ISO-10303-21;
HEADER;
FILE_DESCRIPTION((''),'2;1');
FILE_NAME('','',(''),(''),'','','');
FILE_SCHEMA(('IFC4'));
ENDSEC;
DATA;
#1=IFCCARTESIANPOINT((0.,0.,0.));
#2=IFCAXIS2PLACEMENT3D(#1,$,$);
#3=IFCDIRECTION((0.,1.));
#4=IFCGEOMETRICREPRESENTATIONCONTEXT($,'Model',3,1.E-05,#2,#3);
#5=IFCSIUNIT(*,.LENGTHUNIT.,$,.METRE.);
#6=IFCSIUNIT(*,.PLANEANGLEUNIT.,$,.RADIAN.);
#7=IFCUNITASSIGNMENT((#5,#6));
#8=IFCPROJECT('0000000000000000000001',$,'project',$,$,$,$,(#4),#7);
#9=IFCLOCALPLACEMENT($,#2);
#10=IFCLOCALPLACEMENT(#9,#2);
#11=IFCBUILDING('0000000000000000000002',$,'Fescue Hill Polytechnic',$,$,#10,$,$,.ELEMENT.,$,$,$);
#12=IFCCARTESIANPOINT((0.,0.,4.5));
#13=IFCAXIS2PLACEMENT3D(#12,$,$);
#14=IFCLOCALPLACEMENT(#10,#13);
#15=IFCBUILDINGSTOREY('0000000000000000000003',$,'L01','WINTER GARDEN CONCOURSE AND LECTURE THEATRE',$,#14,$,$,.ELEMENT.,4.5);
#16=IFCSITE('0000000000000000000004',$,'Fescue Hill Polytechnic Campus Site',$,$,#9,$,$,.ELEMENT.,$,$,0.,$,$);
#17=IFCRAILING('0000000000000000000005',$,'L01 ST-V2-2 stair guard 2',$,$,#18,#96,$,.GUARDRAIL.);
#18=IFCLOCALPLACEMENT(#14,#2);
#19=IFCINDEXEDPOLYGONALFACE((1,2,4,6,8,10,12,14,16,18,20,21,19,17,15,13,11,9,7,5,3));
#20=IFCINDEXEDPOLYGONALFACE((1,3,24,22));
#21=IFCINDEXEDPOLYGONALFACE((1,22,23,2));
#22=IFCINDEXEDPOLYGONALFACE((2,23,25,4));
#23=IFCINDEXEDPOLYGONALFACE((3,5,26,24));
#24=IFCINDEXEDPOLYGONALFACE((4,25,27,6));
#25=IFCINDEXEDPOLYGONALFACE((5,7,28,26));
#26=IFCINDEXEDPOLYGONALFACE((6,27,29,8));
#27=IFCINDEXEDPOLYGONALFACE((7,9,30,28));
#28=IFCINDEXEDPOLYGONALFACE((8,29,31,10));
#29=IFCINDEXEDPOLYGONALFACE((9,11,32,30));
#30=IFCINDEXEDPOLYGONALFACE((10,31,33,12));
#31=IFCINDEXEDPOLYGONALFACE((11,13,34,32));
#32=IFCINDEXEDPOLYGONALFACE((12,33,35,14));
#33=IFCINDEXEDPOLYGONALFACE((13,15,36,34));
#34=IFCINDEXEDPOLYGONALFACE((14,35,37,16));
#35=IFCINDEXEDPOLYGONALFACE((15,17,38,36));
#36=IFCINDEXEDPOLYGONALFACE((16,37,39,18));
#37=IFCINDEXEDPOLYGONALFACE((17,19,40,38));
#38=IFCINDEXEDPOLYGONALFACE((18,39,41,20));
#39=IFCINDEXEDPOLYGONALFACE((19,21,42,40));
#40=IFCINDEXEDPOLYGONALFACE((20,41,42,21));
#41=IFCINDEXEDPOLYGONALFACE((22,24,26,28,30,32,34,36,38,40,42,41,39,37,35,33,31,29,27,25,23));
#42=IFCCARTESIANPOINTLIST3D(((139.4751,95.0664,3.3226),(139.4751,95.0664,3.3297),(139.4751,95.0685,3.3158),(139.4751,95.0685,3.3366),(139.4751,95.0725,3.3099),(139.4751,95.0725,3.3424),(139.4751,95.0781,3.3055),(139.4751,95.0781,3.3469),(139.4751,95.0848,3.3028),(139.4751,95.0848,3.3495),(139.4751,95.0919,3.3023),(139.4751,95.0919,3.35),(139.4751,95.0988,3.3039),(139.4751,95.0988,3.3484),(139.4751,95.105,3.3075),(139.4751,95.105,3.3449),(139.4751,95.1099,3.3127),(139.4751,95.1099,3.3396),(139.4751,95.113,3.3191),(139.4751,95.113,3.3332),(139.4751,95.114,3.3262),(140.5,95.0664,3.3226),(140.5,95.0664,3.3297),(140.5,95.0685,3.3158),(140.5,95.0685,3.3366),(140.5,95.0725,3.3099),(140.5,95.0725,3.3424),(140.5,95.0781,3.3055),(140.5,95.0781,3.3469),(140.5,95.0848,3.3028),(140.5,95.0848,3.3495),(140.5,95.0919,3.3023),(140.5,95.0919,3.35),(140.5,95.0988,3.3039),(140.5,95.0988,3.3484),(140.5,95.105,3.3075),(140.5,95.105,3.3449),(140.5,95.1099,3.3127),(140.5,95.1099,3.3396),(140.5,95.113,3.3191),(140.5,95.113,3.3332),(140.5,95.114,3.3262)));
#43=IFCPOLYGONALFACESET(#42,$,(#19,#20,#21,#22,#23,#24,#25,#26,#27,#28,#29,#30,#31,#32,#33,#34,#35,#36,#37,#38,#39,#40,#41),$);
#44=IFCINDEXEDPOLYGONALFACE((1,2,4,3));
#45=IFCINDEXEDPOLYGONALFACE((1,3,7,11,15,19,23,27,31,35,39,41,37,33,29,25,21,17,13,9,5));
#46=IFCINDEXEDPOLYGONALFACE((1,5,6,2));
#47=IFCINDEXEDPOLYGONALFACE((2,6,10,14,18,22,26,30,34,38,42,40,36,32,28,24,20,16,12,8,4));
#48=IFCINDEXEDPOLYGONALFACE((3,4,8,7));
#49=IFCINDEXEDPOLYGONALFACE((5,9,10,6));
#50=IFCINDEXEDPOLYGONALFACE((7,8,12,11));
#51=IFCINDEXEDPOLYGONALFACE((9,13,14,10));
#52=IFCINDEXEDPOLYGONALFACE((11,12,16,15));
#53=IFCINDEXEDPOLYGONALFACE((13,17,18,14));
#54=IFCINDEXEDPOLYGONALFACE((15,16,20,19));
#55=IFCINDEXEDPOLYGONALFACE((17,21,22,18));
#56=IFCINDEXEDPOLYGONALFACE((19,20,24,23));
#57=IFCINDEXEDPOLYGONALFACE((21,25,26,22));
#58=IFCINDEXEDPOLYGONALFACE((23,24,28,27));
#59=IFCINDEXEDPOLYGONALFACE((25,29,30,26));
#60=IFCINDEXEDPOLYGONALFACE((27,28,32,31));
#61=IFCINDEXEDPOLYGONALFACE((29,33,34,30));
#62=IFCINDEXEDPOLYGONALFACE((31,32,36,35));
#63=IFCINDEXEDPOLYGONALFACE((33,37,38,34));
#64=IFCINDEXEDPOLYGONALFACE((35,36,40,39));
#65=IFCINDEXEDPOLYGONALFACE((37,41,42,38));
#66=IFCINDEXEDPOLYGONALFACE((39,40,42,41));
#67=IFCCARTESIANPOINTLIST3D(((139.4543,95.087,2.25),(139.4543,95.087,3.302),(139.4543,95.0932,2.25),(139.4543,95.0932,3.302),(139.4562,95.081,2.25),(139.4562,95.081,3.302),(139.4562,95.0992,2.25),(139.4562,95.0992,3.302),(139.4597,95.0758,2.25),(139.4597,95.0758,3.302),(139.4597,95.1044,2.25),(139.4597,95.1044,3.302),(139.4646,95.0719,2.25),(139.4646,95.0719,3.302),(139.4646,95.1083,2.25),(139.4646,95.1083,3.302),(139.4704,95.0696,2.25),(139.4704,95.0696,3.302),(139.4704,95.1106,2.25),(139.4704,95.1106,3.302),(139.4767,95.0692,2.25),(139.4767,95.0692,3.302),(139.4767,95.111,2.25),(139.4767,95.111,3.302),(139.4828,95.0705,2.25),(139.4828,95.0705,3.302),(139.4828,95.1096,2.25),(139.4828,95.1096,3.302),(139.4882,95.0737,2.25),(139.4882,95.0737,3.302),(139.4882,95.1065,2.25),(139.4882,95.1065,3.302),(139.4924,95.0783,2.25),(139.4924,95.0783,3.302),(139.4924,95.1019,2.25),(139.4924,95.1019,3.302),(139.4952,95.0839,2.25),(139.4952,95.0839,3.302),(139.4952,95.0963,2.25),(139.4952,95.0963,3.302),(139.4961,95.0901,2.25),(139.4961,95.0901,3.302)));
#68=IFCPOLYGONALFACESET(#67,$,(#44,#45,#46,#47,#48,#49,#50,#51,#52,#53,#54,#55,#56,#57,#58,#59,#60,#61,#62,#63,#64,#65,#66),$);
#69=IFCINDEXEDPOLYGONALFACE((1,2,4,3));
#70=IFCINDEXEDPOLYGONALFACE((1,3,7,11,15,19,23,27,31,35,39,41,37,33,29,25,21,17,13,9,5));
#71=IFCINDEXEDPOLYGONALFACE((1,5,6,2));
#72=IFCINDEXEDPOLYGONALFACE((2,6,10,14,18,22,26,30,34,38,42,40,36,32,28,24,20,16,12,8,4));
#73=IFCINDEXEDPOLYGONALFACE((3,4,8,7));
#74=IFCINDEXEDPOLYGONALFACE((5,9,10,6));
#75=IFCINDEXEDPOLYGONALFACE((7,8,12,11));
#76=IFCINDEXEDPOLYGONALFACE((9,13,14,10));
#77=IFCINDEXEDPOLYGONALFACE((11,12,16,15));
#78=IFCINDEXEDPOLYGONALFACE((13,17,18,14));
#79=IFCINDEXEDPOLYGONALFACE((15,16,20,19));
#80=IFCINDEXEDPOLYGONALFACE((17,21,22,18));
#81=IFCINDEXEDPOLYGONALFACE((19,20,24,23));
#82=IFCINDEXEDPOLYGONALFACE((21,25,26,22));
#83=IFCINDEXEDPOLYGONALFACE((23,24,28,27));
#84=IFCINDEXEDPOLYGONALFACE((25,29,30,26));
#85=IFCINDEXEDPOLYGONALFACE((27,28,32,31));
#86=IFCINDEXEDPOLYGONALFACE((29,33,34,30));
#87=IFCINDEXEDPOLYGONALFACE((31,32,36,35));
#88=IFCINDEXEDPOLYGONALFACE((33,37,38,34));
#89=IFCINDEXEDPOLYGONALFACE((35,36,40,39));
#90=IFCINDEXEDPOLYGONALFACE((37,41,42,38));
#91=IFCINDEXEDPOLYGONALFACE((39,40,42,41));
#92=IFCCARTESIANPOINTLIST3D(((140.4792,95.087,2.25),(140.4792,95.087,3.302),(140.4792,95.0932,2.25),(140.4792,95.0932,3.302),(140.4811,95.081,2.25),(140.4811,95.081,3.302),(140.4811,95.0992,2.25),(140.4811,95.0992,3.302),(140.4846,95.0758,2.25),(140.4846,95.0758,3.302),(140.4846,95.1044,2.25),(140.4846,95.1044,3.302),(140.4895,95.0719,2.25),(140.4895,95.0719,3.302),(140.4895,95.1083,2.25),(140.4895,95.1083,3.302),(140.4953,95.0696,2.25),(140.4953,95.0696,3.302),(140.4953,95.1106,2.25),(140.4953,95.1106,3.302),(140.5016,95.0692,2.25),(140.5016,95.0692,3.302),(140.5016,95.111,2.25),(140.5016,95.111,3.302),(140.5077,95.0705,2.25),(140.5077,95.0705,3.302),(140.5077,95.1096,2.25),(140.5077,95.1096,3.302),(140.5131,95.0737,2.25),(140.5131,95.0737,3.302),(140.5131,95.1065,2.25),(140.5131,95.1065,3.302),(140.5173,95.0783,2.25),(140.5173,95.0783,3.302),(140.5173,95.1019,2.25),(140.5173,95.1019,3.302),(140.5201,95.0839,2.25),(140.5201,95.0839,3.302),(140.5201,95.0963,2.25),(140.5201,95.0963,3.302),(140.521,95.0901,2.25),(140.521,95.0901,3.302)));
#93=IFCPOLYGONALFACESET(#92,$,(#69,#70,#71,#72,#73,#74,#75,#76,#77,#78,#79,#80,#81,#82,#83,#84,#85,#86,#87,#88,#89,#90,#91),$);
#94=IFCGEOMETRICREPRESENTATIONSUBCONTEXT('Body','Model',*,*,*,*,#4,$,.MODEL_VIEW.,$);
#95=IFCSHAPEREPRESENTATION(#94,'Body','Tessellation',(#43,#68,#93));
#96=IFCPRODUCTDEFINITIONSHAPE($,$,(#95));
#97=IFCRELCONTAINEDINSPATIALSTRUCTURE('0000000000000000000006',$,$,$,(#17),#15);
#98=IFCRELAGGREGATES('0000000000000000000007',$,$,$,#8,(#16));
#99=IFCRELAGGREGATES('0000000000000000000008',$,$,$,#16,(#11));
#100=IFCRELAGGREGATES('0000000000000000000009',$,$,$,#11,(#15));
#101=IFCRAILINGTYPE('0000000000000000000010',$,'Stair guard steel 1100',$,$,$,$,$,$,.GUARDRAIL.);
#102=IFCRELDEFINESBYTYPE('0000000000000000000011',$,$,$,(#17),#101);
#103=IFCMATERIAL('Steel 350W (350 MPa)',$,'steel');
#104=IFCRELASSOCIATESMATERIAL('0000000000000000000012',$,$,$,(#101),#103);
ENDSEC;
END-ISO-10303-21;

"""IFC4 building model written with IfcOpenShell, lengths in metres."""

from ifc_helpers import new_model, si_unit, direction, frame, origin, origin_2d, place, context, subcontext, project, spatial, circle, extrude, material, type_object, element, save


model = new_model("IFC4")

# Units and contexts
model_context = context("Model", 3, precision=1e-05, world=origin(), true_north=direction((0.0, 1.0)))
body_context = subcontext(model_context, "Body", "Model", "MODEL_VIEW")
ifc_project = project(units=[si_unit("LENGTHUNIT", "METRE"), si_unit("PLANEANGLEUNIT", "RADIAN")], contexts=[model_context])

# Site, building, storey
site_placement = place(None, origin())
site = spatial("IfcSite", under=ifc_project, at=site_placement, Name="Fescue Hill Polytechnic Campus Site", CompositionType="ELEMENT", RefElevation=0.0)
building_placement = place(site_placement, origin())
building = spatial("IfcBuilding", under=site, at=building_placement, Name="Fescue Hill Polytechnic", CompositionType="ELEMENT")
storey_placement = place(building_placement, frame((0.0, 0.0, 4.5)))
storey = spatial("IfcBuildingStorey", under=building, at=storey_placement, Name="L01", Description="WINTER GARDEN CONCOURSE AND LECTURE THEATRE", CompositionType="ELEMENT", Elevation=4.5)

# Railing
ifc_material_1 = material(Name="Steel 350W (350 MPa)", Category="steel")
railing_type_1 = type_object("IfcRailingType", Name="Stair guard steel 1100", PredefinedType="GUARDRAIL", material=ifc_material_1)
railing_1_placement = place(storey_placement, frame((139.4751, 95.0901, 2.25)))
element("IfcRailing", 1, at=railing_1_placement, inside=storey, type_object=railing_type_1, Name="L01 ST-V2-2 stair guard 2", PredefinedType="GUARDRAIL", context=body_context, shape_type="SweptSolid", body=[
    extrude(circle(Radius=0.0239, at=origin_2d()), frame((0.0, 0.0, 1.0762), z_axis=(1.0, 0.0, 0.0), x_axis=(0.0, 1.0, 0.0)), (0.0, 0.0, 1.0), 1.0249),
    extrude(circle(Radius=0.021, at=origin_2d()), origin(), (0.0, 0.0, 1.0), 1.052),
    extrude(circle(Radius=0.021, at=origin_2d()), frame((1.0249, 0.0, 0.0)), (0.0, 0.0, 1.0), 1.052),
])

save(model, "model.ifc")
